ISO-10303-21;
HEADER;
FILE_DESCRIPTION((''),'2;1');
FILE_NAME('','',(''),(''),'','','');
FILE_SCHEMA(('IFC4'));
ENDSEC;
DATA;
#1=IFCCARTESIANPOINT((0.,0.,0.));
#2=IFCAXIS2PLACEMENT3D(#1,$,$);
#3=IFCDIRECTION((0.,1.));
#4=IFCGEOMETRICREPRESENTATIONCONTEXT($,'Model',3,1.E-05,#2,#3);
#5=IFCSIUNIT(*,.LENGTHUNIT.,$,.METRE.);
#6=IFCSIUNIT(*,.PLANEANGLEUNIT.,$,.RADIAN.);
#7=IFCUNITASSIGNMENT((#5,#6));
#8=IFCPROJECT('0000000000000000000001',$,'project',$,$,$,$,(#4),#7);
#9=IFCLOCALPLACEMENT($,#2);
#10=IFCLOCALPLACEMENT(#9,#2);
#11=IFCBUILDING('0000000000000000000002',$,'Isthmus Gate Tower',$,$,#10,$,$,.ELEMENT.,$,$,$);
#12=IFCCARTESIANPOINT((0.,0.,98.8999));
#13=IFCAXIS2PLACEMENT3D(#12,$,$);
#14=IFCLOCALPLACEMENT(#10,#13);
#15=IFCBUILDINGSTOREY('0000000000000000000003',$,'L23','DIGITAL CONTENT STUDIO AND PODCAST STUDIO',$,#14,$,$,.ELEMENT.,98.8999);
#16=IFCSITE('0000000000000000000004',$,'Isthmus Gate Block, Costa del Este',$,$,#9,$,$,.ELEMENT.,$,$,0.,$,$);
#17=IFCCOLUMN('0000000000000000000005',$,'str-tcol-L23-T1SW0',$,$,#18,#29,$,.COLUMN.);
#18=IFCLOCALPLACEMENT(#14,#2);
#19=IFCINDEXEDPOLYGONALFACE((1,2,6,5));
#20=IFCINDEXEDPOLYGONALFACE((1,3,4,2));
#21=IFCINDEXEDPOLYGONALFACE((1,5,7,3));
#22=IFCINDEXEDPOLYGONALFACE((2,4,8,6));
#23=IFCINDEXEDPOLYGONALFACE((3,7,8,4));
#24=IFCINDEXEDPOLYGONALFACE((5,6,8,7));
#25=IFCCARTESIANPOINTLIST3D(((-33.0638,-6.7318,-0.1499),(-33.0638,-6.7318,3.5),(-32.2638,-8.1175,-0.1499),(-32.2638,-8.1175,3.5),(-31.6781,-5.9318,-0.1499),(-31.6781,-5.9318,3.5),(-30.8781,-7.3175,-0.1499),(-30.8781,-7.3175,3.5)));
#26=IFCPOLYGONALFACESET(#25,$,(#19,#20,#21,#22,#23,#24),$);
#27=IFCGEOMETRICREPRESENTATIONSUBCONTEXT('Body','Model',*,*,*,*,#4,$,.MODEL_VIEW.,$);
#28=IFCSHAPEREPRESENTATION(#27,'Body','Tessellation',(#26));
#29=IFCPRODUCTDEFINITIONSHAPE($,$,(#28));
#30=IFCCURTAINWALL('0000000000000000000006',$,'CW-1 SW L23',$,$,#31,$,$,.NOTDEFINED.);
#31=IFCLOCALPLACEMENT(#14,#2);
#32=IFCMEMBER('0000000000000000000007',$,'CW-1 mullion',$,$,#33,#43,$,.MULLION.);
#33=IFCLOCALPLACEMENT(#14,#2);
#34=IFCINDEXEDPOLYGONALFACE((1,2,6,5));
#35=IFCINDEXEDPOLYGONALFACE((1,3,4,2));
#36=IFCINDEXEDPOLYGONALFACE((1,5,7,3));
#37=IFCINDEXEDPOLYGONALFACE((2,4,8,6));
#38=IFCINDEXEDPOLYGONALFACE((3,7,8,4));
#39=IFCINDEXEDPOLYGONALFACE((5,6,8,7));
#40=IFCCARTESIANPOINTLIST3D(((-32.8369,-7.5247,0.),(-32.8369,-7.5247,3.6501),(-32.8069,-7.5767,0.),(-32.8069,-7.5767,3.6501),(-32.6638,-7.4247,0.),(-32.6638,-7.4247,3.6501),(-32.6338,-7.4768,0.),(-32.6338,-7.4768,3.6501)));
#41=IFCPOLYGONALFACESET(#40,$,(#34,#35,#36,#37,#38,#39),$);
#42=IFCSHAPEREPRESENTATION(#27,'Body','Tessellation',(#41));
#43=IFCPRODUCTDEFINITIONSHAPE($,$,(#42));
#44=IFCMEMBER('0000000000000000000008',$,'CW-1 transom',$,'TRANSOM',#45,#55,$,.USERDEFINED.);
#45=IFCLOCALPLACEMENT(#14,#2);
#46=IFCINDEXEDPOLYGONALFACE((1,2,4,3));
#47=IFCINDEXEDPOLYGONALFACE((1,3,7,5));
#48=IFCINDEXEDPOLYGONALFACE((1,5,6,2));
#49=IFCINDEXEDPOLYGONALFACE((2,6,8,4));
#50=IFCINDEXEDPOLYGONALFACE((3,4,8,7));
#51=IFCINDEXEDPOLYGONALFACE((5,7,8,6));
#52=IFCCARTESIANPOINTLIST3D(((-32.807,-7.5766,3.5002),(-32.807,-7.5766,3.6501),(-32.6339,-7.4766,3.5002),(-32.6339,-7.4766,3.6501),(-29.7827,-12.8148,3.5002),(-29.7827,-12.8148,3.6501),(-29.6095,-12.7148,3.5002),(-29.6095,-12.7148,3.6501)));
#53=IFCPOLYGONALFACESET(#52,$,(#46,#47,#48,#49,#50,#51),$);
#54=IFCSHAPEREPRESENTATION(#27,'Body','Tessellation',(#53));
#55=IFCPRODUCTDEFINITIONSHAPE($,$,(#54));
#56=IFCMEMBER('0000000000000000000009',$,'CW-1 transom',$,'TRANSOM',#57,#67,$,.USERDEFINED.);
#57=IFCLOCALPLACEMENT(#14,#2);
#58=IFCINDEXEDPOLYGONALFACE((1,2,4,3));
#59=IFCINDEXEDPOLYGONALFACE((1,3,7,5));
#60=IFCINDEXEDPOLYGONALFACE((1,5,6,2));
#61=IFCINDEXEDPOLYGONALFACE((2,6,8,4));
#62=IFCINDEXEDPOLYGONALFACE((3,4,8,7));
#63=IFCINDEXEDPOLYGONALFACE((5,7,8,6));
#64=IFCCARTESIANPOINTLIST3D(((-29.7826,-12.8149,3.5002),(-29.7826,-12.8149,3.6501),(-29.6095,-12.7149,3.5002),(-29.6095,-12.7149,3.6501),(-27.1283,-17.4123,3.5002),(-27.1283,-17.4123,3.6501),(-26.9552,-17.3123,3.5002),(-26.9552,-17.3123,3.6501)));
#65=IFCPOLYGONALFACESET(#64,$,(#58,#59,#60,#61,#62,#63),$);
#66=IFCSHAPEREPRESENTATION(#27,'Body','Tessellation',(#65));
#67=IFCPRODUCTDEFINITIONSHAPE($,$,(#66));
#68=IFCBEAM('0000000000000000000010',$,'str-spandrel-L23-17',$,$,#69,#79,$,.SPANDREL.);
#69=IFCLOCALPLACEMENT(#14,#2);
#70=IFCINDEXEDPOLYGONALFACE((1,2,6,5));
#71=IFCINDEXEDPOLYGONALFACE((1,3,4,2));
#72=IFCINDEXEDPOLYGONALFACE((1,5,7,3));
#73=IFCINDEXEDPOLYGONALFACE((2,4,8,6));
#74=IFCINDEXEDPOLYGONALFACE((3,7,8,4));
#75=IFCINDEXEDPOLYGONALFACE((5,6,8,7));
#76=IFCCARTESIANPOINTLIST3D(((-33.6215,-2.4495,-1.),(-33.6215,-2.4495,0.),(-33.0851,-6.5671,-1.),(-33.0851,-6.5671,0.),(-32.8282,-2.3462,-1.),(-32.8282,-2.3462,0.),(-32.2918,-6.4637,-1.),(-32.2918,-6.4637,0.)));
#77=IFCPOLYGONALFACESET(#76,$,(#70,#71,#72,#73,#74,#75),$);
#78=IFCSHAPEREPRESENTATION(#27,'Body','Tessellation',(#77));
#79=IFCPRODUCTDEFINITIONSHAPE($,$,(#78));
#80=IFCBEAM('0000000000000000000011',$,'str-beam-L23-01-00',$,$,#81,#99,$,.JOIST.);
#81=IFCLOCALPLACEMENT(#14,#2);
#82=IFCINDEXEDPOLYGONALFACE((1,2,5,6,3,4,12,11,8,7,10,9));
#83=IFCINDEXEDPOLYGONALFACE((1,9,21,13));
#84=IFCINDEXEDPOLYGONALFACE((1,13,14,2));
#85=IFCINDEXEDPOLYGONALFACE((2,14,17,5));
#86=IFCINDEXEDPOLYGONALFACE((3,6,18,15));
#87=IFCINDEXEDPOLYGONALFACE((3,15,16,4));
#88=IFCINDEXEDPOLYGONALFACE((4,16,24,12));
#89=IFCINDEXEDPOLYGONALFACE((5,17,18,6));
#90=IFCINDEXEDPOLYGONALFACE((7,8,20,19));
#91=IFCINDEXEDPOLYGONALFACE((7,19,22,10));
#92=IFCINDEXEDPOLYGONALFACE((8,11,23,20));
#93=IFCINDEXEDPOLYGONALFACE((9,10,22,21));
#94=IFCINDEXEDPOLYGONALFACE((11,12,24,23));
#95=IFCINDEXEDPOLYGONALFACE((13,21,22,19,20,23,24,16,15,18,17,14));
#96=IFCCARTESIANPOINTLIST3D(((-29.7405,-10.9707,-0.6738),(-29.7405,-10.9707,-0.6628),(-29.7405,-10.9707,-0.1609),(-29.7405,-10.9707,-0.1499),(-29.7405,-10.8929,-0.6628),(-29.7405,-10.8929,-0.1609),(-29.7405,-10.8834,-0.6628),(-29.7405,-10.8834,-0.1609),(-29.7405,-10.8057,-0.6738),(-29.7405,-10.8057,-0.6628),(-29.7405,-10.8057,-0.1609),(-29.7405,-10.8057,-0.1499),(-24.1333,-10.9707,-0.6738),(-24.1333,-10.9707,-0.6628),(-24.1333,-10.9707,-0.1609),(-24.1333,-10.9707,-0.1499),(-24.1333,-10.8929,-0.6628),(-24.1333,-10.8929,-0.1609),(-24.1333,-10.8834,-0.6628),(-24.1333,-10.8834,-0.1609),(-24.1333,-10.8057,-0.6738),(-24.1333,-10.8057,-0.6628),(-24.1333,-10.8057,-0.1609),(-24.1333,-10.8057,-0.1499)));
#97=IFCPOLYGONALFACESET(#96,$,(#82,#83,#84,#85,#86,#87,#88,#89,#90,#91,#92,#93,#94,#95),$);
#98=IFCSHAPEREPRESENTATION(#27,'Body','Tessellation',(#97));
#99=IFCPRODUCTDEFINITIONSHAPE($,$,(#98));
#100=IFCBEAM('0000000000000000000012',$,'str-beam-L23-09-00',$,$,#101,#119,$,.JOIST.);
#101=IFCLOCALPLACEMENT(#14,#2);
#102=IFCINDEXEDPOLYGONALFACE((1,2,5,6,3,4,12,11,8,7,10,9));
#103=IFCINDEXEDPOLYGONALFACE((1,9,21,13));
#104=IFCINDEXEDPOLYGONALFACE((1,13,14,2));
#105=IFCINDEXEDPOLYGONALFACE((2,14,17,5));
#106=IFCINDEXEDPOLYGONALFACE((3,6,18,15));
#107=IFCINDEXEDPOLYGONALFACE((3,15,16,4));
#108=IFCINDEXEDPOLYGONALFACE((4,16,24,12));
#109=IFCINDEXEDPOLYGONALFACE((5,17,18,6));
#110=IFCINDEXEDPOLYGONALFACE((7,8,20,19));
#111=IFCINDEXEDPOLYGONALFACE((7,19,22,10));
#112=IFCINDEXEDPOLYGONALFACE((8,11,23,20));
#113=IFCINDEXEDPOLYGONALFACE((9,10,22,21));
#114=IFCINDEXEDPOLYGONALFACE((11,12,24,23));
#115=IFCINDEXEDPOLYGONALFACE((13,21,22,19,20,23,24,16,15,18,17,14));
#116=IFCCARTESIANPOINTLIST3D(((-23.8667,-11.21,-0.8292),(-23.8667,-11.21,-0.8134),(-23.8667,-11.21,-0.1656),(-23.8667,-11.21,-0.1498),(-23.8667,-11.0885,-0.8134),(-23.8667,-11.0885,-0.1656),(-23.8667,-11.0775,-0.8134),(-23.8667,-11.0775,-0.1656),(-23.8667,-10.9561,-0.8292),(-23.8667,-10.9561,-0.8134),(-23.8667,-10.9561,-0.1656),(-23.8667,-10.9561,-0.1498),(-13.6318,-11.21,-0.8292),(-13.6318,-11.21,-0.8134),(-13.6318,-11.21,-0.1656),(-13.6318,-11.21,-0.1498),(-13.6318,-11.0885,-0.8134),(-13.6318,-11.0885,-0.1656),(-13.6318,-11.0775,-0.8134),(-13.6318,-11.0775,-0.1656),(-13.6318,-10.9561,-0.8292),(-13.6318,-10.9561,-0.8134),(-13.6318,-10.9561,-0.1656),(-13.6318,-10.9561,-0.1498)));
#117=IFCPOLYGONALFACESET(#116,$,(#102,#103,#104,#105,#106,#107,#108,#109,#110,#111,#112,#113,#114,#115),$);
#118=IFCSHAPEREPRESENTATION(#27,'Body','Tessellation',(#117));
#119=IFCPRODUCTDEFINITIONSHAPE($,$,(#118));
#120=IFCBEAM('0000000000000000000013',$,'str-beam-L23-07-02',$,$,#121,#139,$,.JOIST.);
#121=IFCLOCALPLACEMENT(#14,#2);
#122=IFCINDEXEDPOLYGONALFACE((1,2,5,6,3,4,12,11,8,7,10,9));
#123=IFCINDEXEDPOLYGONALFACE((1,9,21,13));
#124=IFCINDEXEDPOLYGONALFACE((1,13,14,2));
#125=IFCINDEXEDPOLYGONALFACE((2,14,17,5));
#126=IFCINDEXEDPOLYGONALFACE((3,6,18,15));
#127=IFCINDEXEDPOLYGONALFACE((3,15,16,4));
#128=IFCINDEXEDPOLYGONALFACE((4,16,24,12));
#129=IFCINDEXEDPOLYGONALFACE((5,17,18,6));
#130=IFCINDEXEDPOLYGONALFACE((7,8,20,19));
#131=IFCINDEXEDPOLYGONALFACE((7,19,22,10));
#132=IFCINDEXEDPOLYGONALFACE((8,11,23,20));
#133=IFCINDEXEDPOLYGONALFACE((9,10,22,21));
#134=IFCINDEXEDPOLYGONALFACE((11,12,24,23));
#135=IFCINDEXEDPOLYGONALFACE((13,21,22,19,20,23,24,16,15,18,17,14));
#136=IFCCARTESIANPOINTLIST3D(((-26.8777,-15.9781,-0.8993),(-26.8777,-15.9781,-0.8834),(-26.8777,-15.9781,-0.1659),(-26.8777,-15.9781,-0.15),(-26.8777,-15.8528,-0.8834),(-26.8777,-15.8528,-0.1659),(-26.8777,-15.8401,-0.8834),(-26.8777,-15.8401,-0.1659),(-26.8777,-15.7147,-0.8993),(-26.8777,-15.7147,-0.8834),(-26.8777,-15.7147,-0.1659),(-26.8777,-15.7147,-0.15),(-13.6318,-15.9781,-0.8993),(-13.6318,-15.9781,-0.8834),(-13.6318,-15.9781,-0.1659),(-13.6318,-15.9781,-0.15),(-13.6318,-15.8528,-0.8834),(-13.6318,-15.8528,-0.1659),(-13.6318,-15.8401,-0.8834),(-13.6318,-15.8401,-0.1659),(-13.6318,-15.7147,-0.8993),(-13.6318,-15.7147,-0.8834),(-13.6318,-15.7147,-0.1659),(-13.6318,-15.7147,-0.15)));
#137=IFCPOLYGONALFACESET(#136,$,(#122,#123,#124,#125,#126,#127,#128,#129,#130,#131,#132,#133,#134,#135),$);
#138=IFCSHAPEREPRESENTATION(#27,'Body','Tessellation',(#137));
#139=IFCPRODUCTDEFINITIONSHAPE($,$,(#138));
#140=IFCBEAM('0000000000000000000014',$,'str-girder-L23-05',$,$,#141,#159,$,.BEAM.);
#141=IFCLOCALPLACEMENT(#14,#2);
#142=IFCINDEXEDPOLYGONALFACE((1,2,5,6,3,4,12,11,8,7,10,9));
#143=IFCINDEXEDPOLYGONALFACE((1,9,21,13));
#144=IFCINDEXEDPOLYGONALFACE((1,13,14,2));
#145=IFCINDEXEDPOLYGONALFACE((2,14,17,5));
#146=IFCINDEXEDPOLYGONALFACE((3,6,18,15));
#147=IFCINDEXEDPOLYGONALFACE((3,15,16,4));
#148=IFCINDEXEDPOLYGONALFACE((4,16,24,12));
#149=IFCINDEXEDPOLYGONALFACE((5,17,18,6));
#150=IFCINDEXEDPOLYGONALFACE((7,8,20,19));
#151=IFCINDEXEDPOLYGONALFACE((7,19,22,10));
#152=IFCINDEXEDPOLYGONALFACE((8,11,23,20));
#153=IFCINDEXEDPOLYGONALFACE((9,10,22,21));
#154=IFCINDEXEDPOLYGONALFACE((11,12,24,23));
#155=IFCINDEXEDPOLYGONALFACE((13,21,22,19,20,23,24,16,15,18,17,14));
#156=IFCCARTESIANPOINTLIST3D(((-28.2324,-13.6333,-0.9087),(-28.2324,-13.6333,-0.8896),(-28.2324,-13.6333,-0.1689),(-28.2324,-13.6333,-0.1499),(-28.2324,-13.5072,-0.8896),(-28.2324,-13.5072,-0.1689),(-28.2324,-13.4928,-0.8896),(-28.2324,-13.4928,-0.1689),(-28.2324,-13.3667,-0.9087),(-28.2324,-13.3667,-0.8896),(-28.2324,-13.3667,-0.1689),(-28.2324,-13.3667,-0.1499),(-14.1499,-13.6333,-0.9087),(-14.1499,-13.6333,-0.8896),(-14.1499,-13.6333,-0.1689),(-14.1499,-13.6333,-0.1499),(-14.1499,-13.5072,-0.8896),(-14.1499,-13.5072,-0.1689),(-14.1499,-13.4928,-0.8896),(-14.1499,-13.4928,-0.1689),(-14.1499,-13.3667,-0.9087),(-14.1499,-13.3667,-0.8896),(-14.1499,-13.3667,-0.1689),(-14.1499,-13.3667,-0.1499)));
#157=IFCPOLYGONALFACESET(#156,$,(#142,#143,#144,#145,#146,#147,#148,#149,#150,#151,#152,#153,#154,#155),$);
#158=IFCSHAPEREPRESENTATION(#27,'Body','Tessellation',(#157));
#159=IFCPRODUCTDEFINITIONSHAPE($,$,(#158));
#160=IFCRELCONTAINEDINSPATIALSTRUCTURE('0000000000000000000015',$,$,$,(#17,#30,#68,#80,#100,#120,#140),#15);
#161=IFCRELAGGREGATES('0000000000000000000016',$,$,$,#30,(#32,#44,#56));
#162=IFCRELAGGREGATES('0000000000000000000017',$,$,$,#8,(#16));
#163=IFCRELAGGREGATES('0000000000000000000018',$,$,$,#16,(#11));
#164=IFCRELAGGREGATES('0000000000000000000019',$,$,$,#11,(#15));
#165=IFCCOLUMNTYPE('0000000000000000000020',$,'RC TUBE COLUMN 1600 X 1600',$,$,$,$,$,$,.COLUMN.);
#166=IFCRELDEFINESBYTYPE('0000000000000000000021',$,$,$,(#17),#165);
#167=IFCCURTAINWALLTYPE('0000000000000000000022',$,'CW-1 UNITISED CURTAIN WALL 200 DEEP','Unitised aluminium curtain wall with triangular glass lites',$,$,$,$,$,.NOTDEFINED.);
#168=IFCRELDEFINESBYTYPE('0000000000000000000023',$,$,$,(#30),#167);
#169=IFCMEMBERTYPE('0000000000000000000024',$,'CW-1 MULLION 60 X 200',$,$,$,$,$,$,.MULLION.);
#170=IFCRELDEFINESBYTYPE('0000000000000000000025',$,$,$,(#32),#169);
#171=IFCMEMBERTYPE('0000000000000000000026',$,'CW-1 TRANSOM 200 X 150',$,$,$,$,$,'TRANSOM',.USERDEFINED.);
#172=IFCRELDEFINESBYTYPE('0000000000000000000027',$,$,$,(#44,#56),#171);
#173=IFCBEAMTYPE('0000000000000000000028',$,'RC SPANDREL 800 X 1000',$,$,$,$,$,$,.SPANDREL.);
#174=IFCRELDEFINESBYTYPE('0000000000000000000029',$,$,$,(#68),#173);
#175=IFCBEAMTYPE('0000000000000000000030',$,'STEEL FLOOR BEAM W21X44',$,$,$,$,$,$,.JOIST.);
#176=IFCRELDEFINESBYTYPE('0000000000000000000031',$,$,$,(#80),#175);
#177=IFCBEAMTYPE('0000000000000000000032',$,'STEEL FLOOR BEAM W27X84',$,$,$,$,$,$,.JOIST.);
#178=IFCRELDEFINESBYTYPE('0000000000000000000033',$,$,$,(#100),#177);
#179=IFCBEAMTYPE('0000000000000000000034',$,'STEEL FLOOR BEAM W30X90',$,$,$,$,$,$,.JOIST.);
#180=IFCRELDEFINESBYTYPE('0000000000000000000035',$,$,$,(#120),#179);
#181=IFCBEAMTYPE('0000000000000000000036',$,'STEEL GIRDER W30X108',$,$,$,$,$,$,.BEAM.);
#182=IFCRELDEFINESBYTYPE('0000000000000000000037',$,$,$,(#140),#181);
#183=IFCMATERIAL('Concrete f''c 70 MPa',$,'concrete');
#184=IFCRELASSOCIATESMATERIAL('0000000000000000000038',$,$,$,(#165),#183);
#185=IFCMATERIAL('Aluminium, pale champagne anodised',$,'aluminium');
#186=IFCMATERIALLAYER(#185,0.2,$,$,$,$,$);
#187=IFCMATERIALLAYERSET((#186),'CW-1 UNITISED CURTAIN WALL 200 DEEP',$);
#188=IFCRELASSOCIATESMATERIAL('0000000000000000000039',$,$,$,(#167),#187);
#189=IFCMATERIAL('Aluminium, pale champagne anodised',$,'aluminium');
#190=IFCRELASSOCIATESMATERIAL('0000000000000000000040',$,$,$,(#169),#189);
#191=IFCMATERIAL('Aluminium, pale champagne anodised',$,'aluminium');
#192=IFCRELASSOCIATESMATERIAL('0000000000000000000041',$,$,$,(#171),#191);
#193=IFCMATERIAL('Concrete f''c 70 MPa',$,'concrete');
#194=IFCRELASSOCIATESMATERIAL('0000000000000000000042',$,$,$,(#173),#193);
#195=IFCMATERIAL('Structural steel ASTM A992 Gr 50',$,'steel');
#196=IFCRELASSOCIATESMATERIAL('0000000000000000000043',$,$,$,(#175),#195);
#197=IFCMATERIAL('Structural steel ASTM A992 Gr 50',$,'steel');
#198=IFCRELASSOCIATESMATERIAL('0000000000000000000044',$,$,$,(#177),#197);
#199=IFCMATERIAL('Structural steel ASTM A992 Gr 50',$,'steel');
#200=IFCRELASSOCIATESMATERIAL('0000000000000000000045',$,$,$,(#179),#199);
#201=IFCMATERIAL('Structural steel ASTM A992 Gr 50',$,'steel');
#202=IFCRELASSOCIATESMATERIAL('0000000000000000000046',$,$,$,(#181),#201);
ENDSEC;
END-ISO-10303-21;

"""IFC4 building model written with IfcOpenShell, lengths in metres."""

from ifc_helpers import new_model, si_unit, direction, frame, origin, origin_2d, place, context, subcontext, project, spatial, rectangle, i_section, extrude, material, layer, layer_set, material_profile, profile_set, type_object, element, aggregate, save


model = new_model("IFC4")

# Units and contexts
model_context = context("Model", 3, precision=1e-05, world=origin(), true_north=direction((0.0, 1.0)))
body_context = subcontext(model_context, "Body", "Model", "MODEL_VIEW")
ifc_project = project(units=[si_unit("LENGTHUNIT", "METRE"), si_unit("PLANEANGLEUNIT", "RADIAN")], contexts=[model_context])

# Site, building, storey
site_placement = place(None, origin())
site = spatial("IfcSite", under=ifc_project, at=site_placement, Name="Isthmus Gate Block, Costa del Este", CompositionType="ELEMENT", RefElevation=0.0)
building_placement = place(site_placement, origin())
building = spatial("IfcBuilding", under=site, at=building_placement, Name="Isthmus Gate Tower", CompositionType="ELEMENT")
storey_placement = place(building_placement, frame((0.0, 0.0, 98.8999)))
storey = spatial("IfcBuildingStorey", under=building, at=storey_placement, Name="L23", Description="DIGITAL CONTENT STUDIO AND PODCAST STUDIO", CompositionType="ELEMENT", Elevation=98.8999)

# Column
ifc_material_1 = material(Name="Concrete f'c 70 MPa", Category="concrete")
ifc_material_profile_1 = material_profile(ifc_material_1, rectangle(XDim=1.6001, YDim=1.6001, at=origin_2d()), Name="RC 1600X1600")
ifc_profile_set_1 = profile_set([ifc_material_profile_1], Name="Concrete f'c 70 MPa")
column_type = type_object("IfcColumnType", Name="RC TUBE COLUMN 1600 X 1600", PredefinedType="COLUMN", material=ifc_profile_set_1)
column_placement = place(storey_placement, frame((-31.9709, -7.0247, -0.1499), z_axis=(0.0, 0.0, 1.0), x_axis=(0.5, -0.866025, 0.0)))
element("IfcColumn", 1, at=column_placement, inside=storey, type_object=column_type, Name="str-tcol-L23-T1SW0", PredefinedType="COLUMN", context=body_context, shape_type="SweptSolid", body=[
    extrude(rectangle(XDim=1.6001, YDim=1.6001, at=origin_2d()), origin(), (0.0, 0.0, 1.0), 3.6499),
])

# Curtain wall, members
ifc_material_2 = material(Name="Aluminium, pale champagne anodised", Category="aluminium")
ifc_layer_1 = layer(ifc_material_2, 0.2)
ifc_layer_set_1 = layer_set([ifc_layer_1], Name="CW-1 UNITISED CURTAIN WALL 200 DEEP")
curtain_wall_type = type_object("IfcCurtainWallType", Name="CW-1 UNITISED CURTAIN WALL 200 DEEP", Description="Unitised aluminium curtain wall with triangular glass lites", PredefinedType="NOTDEFINED", material=ifc_layer_set_1)
curtain_wall_placement = place(storey_placement, origin())
curtain_wall = element("IfcCurtainWall", 2, at=curtain_wall_placement, inside=storey, type_object=curtain_wall_type, Name="CW-1 SW L23", PredefinedType="NOTDEFINED")
ifc_material_3 = material(Name="Aluminium, pale champagne anodised", Category="aluminium")
ifc_material_profile_2 = material_profile(ifc_material_3, rectangle(XDim=0.0601, YDim=0.2, at=origin_2d()), Name="60x200")
ifc_profile_set_2 = profile_set([ifc_material_profile_2], Name="Aluminium, pale champagne anodised")
member_type_1 = type_object("IfcMemberType", Name="CW-1 MULLION 60 X 200", PredefinedType="MULLION", material=ifc_profile_set_2)
member_1_placement = place(storey_placement, frame((-32.7354, -7.5007, 0.0), z_axis=(0.0, 0.0, 1.0), x_axis=(0.5, -0.866025, 0.0)))
member_1 = element("IfcMember", 3, at=member_1_placement, type_object=member_type_1, Name="CW-1 mullion", PredefinedType="MULLION", context=body_context, shape_type="SweptSolid", body=[
    extrude(rectangle(XDim=0.0601, YDim=0.2, at=origin_2d()), origin(), (0.0, 0.0, 1.0), 3.6501),
])
ifc_material_4 = material(Name="Aluminium, pale champagne anodised", Category="aluminium")
ifc_material_profile_3 = material_profile(ifc_material_4, rectangle(XDim=0.2, YDim=0.1499, at=origin_2d()), Name="200x150")
ifc_profile_set_3 = profile_set([ifc_material_profile_3], Name="Aluminium, pale champagne anodised")
member_type_2 = type_object("IfcMemberType", Name="CW-1 TRANSOM 200 X 150", ElementType="TRANSOM", PredefinedType="USERDEFINED", material=ifc_profile_set_3)
member_2_placement = place(storey_placement, frame((-32.7205, -7.5266, 3.5752), z_axis=(0.500011, -0.866019, 0.0), x_axis=(0.866019, 0.500011, 0.0)))
member_2 = element("IfcMember", 4, at=member_2_placement, type_object=member_type_2, Name="CW-1 transom", ObjectType="TRANSOM", PredefinedType="USERDEFINED", context=body_context, shape_type="SweptSolid", body=[
    extrude(rectangle(XDim=0.2, YDim=0.1499, at=origin_2d()), origin(), (0.0, 0.0, 1.0), 6.0486),
])
member_3_placement = place(storey_placement, frame((-29.696, -12.7649, 3.5752), z_axis=(0.499997, -0.866027, 0.0), x_axis=(0.866027, 0.499997, 0.0)))
member_3 = element("IfcMember", 5, at=member_3_placement, type_object=member_type_2, Name="CW-1 transom", ObjectType="TRANSOM", PredefinedType="USERDEFINED", context=body_context, shape_type="SweptSolid", body=[
    extrude(rectangle(XDim=0.2, YDim=0.1499, at=origin_2d()), origin(), (0.0, 0.0, 1.0), 5.3086),
])

# Beams
ifc_material_5 = material(Name="Concrete f'c 70 MPa", Category="concrete")
ifc_material_profile_4 = material_profile(ifc_material_5, rectangle(XDim=0.8, YDim=1.0, at=origin_2d()), Name="RC 800X1000")
ifc_profile_set_4 = profile_set([ifc_material_profile_4], Name="Concrete f'c 70 MPa")
beam_type_1 = type_object("IfcBeamType", Name="RC SPANDREL 800 X 1000", PredefinedType="SPANDREL", material=ifc_profile_set_4)
beam_1_placement = place(storey_placement, frame((-32.6885, -6.5154, -0.5), z_axis=(-0.129171, 0.991622, 0.0), x_axis=(-0.991622, -0.129171, 0.0)))
element("IfcBeam", 6, at=beam_1_placement, inside=storey, type_object=beam_type_1, Name="str-spandrel-L23-17", PredefinedType="SPANDREL", context=body_context, shape_type="SweptSolid", body=[
    extrude(rectangle(XDim=0.8, YDim=1.0, at=origin_2d()), origin(), (0.0, 0.0, 1.0), 4.1523),
])
ifc_material_6 = material(Name="Structural steel ASTM A992 Gr 50", Category="steel")
ifc_material_profile_5 = material_profile(ifc_material_6, i_section(OverallWidth=0.165, OverallDepth=0.5239, WebThickness=0.0095, FlangeThickness=0.011, at=origin_2d()), Name="W21X44")
ifc_profile_set_5 = profile_set([ifc_material_profile_5], Name="Structural steel ASTM A992 Gr 50")
beam_type_2 = type_object("IfcBeamType", Name="STEEL FLOOR BEAM W21X44", PredefinedType="JOIST", material=ifc_profile_set_5)
beam_2_placement = place(storey_placement, frame((-29.7405, -10.8882, -0.4119), z_axis=(1.0, 0.0, 0.0), x_axis=(0.0, 1.0, 0.0)))
element("IfcBeam", 7, at=beam_2_placement, inside=storey, type_object=beam_type_2, Name="str-beam-L23-01-00", PredefinedType="JOIST", context=body_context, shape_type="SweptSolid", body=[
    extrude(i_section(OverallWidth=0.165, OverallDepth=0.5239, WebThickness=0.0095, FlangeThickness=0.011, at=origin_2d()), origin(), (0.0, 0.0, 1.0), 5.6072),
])
ifc_material_7 = material(Name="Structural steel ASTM A992 Gr 50", Category="steel")
ifc_material_profile_6 = material_profile(ifc_material_7, i_section(OverallWidth=0.2539, OverallDepth=0.6794, WebThickness=0.011, FlangeThickness=0.0159, at=origin_2d()), Name="W27X84")
ifc_profile_set_6 = profile_set([ifc_material_profile_6], Name="Structural steel ASTM A992 Gr 50")
beam_type_3 = type_object("IfcBeamType", Name="STEEL FLOOR BEAM W27X84", PredefinedType="JOIST", material=ifc_profile_set_6)
beam_3_placement = place(storey_placement, frame((-23.8667, -11.083, -0.4895), z_axis=(1.0, 0.0, 0.0), x_axis=(0.0, 1.0, 0.0)))
element("IfcBeam", 8, at=beam_3_placement, inside=storey, type_object=beam_type_3, Name="str-beam-L23-09-00", PredefinedType="JOIST", context=body_context, shape_type="SweptSolid", body=[
    extrude(i_section(OverallWidth=0.2539, OverallDepth=0.6794, WebThickness=0.011, FlangeThickness=0.0159, at=origin_2d()), origin(), (0.0, 0.0, 1.0), 10.2349),
])
ifc_material_8 = material(Name="Structural steel ASTM A992 Gr 50", Category="steel")
ifc_material_profile_7 = material_profile(ifc_material_8, i_section(OverallWidth=0.2634, OverallDepth=0.7493, WebThickness=0.0127, FlangeThickness=0.0159, at=origin_2d()), Name="W30X90")
ifc_profile_set_7 = profile_set([ifc_material_profile_7], Name="Structural steel ASTM A992 Gr 50")
beam_type_4 = type_object("IfcBeamType", Name="STEEL FLOOR BEAM W30X90", PredefinedType="JOIST", material=ifc_profile_set_7)
beam_4_placement = place(storey_placement, frame((-26.8777, -15.8464, -0.5247), z_axis=(1.0, 0.0, 0.0), x_axis=(0.0, 1.0, 0.0)))
element("IfcBeam", 9, at=beam_4_placement, inside=storey, type_object=beam_type_4, Name="str-beam-L23-07-02", PredefinedType="JOIST", context=body_context, shape_type="SweptSolid", body=[
    extrude(i_section(OverallWidth=0.2634, OverallDepth=0.7493, WebThickness=0.0127, FlangeThickness=0.0159, at=origin_2d()), origin(), (0.0, 0.0, 1.0), 13.2458),
])
ifc_material_9 = material(Name="Structural steel ASTM A992 Gr 50", Category="steel")
ifc_material_profile_8 = material_profile(ifc_material_9, i_section(OverallWidth=0.2666, OverallDepth=0.7588, WebThickness=0.0144, FlangeThickness=0.019, at=origin_2d()), Name="W30X108")
ifc_profile_set_8 = profile_set([ifc_material_profile_8], Name="Structural steel ASTM A992 Gr 50")
beam_type_5 = type_object("IfcBeamType", Name="STEEL GIRDER W30X108", PredefinedType="BEAM", material=ifc_profile_set_8)
beam_5_placement = place(storey_placement, frame((-28.2324, -13.5, -0.5293), z_axis=(1.0, 0.0, 0.0), x_axis=(0.0, 1.0, 0.0)))
element("IfcBeam", 10, at=beam_5_placement, inside=storey, type_object=beam_type_5, Name="str-girder-L23-05", PredefinedType="BEAM", context=body_context, shape_type="SweptSolid", body=[
    extrude(i_section(OverallWidth=0.2666, OverallDepth=0.7588, WebThickness=0.0144, FlangeThickness=0.019, at=origin_2d()), origin(), (0.0, 0.0, 1.0), 14.0825),
])

aggregate(curtain_wall, [member_1, member_2, member_3])

save(model, "model.ifc")
